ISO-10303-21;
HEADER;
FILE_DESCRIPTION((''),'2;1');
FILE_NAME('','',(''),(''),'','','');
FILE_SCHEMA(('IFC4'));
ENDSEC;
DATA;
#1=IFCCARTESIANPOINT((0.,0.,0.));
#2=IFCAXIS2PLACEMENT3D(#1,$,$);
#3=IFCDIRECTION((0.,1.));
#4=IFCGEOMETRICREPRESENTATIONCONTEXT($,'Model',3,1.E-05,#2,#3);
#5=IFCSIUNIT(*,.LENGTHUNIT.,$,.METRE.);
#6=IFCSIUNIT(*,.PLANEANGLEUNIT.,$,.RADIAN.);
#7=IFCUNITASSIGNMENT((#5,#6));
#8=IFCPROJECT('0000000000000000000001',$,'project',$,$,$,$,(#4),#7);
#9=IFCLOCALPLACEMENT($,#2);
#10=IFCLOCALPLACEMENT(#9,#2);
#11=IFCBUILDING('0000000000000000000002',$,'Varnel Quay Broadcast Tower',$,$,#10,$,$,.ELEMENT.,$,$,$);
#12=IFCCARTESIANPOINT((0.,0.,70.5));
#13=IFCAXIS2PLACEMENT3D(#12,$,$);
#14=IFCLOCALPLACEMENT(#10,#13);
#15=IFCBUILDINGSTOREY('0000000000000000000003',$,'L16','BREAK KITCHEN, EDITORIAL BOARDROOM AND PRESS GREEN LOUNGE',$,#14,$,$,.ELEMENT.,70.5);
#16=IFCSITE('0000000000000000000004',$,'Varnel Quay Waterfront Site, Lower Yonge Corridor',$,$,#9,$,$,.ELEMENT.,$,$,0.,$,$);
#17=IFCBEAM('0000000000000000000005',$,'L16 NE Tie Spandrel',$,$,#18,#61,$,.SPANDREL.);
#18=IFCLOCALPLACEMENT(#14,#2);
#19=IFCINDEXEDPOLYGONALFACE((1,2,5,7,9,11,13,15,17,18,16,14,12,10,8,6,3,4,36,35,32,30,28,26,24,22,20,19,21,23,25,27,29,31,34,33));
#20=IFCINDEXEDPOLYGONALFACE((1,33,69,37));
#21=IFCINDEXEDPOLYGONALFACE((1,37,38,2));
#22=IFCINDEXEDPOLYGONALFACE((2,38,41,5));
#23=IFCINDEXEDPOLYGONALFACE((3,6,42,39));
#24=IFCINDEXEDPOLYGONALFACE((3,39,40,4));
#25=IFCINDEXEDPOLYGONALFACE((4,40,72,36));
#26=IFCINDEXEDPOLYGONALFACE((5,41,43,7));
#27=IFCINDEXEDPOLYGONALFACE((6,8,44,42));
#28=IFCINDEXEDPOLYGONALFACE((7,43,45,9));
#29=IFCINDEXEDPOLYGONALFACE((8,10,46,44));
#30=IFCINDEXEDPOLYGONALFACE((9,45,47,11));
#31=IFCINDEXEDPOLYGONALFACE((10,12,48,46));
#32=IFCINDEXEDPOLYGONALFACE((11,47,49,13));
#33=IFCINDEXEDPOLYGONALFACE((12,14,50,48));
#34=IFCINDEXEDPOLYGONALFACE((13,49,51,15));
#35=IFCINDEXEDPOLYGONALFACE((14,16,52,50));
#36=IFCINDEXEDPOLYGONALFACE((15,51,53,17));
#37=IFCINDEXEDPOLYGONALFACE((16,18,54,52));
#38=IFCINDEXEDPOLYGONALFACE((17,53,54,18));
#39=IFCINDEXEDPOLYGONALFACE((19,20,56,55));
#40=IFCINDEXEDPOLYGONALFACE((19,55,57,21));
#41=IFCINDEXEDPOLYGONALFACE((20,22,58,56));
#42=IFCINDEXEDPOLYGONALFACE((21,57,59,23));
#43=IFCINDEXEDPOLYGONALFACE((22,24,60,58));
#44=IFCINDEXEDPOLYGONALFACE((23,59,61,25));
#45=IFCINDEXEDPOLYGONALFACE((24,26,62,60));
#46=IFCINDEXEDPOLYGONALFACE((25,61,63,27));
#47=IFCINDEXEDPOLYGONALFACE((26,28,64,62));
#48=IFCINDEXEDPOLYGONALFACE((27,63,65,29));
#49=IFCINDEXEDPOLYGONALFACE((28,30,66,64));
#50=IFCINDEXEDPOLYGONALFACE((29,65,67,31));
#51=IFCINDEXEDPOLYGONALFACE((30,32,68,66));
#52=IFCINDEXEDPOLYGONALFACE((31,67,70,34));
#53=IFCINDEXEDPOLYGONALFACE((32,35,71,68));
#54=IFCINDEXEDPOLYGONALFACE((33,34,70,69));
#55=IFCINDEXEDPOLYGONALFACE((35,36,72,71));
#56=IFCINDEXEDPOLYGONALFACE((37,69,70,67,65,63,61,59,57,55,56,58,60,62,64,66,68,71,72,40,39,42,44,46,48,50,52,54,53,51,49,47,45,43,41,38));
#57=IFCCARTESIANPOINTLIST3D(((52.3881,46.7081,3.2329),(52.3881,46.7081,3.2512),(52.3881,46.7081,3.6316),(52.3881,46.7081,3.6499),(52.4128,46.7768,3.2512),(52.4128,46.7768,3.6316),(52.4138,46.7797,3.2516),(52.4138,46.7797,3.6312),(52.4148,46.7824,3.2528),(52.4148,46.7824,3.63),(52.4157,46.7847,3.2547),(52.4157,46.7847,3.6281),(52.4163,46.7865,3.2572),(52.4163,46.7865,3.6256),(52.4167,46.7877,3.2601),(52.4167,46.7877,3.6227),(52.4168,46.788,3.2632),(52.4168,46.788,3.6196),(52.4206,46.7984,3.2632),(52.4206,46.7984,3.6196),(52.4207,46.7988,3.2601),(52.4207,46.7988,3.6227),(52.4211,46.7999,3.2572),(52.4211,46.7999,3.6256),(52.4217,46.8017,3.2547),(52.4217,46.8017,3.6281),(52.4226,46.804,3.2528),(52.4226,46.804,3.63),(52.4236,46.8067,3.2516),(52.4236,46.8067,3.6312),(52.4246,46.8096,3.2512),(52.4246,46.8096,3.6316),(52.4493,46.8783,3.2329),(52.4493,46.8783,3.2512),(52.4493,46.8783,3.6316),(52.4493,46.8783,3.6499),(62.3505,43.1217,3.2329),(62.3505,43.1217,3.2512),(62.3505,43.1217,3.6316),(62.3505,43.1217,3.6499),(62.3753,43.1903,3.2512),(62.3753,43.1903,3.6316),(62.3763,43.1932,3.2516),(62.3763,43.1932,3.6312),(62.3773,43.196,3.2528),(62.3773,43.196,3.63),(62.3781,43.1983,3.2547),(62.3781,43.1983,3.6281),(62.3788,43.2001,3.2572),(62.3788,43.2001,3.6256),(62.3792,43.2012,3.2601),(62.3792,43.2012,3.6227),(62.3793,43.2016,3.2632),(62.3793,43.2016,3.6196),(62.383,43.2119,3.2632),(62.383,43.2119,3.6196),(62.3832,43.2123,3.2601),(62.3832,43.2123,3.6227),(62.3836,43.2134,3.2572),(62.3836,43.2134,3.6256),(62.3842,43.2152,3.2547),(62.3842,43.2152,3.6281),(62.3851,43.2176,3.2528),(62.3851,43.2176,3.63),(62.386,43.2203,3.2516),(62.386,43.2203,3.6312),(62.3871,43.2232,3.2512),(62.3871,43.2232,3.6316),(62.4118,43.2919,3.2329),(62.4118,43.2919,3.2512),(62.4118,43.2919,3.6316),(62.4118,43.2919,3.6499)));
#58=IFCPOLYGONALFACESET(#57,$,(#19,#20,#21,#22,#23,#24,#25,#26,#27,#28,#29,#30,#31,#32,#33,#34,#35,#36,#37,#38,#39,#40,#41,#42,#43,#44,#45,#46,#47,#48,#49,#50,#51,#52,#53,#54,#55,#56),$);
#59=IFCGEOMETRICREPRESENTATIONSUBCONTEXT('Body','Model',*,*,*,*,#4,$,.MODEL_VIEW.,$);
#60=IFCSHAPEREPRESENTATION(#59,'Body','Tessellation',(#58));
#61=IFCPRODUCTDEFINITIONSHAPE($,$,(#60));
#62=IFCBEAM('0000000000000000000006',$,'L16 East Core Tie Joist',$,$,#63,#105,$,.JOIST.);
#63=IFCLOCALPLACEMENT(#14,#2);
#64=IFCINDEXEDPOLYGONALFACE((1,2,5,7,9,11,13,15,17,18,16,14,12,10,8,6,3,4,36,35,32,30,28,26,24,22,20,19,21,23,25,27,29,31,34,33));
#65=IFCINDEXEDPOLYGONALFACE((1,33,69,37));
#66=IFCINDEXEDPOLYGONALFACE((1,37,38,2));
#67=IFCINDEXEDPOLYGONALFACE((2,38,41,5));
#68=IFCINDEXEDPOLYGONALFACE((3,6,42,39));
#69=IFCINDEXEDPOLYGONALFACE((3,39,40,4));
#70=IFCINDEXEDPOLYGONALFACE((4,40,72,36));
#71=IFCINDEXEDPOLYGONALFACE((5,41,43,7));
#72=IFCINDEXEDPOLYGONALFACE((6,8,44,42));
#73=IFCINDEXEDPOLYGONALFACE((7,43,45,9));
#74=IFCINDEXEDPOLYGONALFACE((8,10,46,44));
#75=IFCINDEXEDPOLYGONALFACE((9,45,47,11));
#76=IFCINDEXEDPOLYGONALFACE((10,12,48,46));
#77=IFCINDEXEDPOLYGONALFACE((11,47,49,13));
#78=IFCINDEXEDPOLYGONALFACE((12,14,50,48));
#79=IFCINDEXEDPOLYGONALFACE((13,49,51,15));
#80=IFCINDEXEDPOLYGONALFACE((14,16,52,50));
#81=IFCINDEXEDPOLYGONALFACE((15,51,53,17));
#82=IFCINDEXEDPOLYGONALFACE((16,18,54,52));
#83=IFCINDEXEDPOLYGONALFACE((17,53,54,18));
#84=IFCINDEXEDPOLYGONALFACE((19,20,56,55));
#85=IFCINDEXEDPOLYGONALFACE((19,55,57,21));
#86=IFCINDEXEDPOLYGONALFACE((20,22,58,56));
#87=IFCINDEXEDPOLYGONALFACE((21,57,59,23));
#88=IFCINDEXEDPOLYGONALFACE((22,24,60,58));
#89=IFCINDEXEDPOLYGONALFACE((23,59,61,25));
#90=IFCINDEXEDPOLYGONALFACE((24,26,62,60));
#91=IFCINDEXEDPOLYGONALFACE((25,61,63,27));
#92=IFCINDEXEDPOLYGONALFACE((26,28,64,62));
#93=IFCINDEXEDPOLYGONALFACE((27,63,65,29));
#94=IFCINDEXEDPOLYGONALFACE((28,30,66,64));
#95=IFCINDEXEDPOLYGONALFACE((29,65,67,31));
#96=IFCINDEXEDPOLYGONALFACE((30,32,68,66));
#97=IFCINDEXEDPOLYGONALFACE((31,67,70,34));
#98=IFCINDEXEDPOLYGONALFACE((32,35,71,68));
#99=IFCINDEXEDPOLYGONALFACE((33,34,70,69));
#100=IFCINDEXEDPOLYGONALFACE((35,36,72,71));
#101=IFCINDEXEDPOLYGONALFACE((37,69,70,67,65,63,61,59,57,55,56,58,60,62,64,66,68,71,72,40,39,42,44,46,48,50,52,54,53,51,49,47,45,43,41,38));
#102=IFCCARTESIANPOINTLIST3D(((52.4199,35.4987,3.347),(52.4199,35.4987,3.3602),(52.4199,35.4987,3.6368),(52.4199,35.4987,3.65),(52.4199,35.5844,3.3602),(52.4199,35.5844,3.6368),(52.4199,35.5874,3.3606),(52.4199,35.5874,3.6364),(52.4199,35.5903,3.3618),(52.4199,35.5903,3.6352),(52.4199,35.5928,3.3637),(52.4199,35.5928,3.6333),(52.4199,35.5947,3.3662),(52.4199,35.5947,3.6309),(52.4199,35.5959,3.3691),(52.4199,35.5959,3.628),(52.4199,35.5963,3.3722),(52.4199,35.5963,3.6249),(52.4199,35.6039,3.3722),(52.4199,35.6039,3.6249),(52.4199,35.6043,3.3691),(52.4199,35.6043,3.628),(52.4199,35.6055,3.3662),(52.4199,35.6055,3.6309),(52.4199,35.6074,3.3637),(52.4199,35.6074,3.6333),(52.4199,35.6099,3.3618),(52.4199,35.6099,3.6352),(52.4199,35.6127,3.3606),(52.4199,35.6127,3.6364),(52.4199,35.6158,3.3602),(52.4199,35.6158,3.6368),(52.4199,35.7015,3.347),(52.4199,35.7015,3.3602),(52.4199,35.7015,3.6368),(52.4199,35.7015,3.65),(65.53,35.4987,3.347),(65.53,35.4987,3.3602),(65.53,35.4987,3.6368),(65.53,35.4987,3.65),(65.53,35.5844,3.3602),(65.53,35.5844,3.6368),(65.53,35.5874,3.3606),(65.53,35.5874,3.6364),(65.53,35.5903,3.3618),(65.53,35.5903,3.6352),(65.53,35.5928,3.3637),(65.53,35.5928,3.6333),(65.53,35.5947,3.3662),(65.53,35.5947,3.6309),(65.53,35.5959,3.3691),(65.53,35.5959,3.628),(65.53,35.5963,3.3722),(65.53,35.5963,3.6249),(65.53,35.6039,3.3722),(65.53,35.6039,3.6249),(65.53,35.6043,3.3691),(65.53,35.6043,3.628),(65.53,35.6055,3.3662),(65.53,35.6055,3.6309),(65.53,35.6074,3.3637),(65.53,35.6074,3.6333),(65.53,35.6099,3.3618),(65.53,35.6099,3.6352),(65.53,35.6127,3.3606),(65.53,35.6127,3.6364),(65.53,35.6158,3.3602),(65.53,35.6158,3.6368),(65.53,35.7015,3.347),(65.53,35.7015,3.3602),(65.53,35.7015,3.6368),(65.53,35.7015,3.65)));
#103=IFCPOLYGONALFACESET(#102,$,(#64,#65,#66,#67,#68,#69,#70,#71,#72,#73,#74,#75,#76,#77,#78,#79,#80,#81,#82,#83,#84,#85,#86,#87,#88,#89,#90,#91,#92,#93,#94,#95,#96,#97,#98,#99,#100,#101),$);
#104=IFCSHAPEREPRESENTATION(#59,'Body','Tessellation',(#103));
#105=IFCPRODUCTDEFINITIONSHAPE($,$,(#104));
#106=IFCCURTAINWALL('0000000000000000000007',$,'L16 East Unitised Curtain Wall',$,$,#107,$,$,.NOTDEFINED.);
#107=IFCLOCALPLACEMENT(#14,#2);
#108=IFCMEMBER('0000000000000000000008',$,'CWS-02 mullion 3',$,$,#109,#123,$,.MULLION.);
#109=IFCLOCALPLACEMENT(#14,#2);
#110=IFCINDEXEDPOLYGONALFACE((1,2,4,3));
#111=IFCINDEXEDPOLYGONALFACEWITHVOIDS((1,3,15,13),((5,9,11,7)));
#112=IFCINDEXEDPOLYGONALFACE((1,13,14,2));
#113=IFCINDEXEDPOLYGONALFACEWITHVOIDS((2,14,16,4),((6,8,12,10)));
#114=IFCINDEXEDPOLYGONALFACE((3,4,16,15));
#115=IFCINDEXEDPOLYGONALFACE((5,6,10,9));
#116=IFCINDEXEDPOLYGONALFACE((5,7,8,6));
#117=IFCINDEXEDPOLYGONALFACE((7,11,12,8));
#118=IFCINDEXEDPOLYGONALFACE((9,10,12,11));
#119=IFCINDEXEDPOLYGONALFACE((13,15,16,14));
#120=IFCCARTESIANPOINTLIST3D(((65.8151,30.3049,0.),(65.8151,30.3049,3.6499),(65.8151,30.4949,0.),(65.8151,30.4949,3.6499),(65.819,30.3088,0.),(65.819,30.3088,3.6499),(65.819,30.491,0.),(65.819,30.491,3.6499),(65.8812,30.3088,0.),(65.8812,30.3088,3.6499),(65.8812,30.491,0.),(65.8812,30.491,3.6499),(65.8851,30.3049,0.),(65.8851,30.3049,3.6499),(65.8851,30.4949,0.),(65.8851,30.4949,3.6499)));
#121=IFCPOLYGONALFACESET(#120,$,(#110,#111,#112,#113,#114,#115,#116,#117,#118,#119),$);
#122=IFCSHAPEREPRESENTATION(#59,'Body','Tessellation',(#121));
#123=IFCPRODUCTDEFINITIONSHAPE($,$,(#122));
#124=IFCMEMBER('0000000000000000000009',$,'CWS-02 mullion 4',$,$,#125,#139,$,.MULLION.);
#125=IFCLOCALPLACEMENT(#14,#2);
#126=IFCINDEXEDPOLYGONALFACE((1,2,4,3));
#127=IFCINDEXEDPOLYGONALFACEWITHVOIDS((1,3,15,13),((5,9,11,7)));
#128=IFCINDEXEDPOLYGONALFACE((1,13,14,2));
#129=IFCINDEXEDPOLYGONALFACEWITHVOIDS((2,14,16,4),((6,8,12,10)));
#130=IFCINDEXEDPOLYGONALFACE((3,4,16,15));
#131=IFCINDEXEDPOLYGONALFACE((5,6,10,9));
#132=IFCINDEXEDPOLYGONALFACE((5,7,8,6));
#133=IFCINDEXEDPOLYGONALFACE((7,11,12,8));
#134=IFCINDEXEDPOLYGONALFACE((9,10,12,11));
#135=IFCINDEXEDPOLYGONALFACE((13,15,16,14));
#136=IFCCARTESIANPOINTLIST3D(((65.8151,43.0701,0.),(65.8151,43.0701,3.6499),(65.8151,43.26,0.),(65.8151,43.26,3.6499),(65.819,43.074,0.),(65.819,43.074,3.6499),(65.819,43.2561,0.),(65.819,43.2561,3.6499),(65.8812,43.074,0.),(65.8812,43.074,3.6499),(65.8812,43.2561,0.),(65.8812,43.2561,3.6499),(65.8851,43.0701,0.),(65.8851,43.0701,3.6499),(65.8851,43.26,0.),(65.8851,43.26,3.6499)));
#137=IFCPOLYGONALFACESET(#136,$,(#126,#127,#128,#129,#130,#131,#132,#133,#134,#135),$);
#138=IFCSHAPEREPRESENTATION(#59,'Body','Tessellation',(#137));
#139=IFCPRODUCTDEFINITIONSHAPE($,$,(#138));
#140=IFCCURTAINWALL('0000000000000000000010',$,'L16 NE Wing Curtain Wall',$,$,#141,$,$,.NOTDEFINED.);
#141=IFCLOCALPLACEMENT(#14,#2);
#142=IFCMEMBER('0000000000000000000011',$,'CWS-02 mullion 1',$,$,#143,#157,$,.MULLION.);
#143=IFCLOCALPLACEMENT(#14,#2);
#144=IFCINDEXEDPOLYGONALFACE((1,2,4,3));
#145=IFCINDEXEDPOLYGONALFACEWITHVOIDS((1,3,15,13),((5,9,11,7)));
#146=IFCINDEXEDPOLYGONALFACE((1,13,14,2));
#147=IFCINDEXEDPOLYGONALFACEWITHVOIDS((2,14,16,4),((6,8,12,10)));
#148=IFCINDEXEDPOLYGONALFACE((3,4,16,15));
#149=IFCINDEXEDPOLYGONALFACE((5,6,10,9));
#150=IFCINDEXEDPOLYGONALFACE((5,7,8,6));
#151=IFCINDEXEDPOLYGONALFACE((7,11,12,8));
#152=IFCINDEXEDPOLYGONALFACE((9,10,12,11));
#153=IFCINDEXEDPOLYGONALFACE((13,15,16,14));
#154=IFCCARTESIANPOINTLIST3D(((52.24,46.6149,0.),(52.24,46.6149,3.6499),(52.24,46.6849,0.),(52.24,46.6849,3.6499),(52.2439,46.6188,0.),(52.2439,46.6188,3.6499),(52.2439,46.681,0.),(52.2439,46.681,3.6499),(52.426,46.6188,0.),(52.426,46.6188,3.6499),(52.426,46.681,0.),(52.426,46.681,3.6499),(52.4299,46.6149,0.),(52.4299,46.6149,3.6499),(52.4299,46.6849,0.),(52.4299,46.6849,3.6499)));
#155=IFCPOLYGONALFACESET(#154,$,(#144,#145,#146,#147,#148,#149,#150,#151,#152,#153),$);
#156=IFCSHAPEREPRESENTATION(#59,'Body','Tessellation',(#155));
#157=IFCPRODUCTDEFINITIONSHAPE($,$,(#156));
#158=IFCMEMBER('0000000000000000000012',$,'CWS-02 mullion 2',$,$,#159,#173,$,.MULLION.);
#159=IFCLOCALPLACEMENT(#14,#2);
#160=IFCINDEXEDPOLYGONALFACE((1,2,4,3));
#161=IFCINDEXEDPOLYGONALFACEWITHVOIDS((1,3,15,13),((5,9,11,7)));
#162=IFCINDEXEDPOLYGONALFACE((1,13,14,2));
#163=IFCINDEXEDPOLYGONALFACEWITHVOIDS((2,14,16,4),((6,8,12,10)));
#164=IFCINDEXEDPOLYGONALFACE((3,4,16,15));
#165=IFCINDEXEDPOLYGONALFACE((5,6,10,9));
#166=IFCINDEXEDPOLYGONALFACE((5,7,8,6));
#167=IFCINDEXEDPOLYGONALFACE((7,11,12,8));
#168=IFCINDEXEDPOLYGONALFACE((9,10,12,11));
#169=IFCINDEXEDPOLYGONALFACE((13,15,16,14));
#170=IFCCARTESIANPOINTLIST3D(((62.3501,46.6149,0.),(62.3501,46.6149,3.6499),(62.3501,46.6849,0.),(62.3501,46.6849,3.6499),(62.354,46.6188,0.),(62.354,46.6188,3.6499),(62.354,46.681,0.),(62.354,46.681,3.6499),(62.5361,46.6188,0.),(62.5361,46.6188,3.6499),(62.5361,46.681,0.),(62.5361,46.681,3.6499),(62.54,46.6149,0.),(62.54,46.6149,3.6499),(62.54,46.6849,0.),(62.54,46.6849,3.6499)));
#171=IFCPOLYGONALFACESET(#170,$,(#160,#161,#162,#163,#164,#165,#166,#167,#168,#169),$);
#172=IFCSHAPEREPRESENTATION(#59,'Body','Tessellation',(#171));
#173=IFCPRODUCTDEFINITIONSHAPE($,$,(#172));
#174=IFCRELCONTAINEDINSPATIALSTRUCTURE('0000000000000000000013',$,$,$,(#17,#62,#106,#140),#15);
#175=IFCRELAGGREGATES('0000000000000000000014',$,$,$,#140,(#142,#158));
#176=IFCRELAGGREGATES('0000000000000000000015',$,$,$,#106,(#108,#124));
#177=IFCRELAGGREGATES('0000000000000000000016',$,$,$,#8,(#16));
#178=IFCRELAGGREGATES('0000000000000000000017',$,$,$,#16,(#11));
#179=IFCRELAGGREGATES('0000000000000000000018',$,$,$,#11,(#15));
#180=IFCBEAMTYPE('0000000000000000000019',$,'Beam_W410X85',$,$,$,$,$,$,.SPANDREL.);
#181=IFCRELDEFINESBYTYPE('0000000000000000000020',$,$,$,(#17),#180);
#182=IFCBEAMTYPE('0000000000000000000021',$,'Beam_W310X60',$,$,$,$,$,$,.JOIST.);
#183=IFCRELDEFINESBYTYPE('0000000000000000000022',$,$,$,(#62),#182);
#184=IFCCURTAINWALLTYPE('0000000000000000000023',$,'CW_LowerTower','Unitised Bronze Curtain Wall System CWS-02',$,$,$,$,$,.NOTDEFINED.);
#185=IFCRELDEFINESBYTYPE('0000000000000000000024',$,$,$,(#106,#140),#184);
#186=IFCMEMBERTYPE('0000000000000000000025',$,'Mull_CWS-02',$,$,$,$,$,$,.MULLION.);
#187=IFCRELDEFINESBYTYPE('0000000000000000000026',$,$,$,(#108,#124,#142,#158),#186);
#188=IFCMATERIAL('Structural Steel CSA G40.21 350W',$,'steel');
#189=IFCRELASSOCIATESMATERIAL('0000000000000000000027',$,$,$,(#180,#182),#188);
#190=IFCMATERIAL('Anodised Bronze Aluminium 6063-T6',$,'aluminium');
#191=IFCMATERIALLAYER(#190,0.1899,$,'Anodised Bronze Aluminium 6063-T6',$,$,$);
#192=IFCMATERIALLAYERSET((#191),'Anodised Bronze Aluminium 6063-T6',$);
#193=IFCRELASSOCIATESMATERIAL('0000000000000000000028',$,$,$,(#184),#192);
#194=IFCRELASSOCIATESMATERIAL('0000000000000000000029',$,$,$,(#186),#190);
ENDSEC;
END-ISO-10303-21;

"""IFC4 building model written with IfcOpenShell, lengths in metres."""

from ifc_helpers import new_model, si_unit, direction, frame, origin, origin_2d, place, context, subcontext, project, spatial, hollow_rectangle, i_section, extrude, source, transform, mapped, material, layer, layer_set, material_profile, profile_set, type_object, type_shapes, element, aggregate, save


model = new_model("IFC4")

# Units and contexts
model_context = context("Model", 3, precision=1e-05, world=origin(), true_north=direction((0.0, 1.0)))
body_context = subcontext(model_context, "Body", "Model", "MODEL_VIEW")
ifc_project = project(units=[si_unit("LENGTHUNIT", "METRE"), si_unit("PLANEANGLEUNIT", "RADIAN")], contexts=[model_context])

# Site, building, storey
site_placement = place(None, origin())
site = spatial("IfcSite", under=ifc_project, at=site_placement, Name="Varnel Quay Waterfront Site, Lower Yonge Corridor", CompositionType="ELEMENT", RefElevation=0.0)
building_placement = place(site_placement, origin())
building = spatial("IfcBuilding", under=site, at=building_placement, Name="Varnel Quay Broadcast Tower", CompositionType="ELEMENT")
storey_placement = place(building_placement, frame((0.0, 0.0, 70.5)))
storey = spatial("IfcBuildingStorey", under=building, at=storey_placement, Name="L16", Description="BREAK KITCHEN, EDITORIAL BOARDROOM AND PRESS GREEN LOUNGE", CompositionType="ELEMENT", Elevation=70.5)

# Shared definitions
ifc_material_1 = material(Name="Structural Steel CSA G40.21 350W", Category="steel")

# Beams
ifc_material_profile_1 = material_profile(ifc_material_1, i_section(OverallWidth=0.1809, OverallDepth=0.417, WebThickness=0.011, FlangeThickness=0.0183, FilletRadius=0.012, at=origin_2d()), Name="W410X85")
ifc_profile_set_1 = profile_set([ifc_material_profile_1], Name="Structural Steel CSA G40.21 350W")
beam_type_1 = type_object("IfcBeamType", Name="Beam_W410X85", PredefinedType="SPANDREL", material=ifc_profile_set_1)
shared_shape_1 = source(origin(), body_context, "Body", "SweptSolid", [
    extrude(i_section(OverallWidth=0.1809, OverallDepth=0.417, WebThickness=0.011, FlangeThickness=0.0183, FilletRadius=0.012, at=origin_2d()), origin(), (0.0, 0.0, 1.0), 10.5884),
])
beam_1_placement = place(storey_placement, frame((52.4187, 46.7932, 3.4414), z_axis=(0.940889, -0.338716, 0.0), x_axis=(0.338716, 0.940889, 0.0)))
element("IfcBeam", 1, at=beam_1_placement, inside=storey, type_object=beam_type_1, Name="L16 NE Tie Spandrel", PredefinedType="SPANDREL", context=body_context, shape_type="MappedRepresentation", body=[
    mapped(shared_shape_1, transform((0.0, 0.0, 0.0), x_axis=(1.0, 0.0, 0.0), y_axis=(0.0, 1.0, 0.0), z_axis=(0.0, 0.0, 1.0), scale=1.0)),
])
ifc_material_profile_2 = material_profile(ifc_material_1, i_section(OverallWidth=0.2029, OverallDepth=0.303, WebThickness=0.0076, FlangeThickness=0.0132, FilletRadius=0.012, at=origin_2d()), Name="W310X60")
ifc_profile_set_2 = profile_set([ifc_material_profile_2], Name="Structural Steel CSA G40.21 350W")
beam_type_2 = type_object("IfcBeamType", Name="Beam_W310X60", PredefinedType="JOIST", material=ifc_profile_set_2)
shared_shape_2 = source(origin(), body_context, "Body", "SweptSolid", [
    extrude(i_section(OverallWidth=0.2029, OverallDepth=0.303, WebThickness=0.0076, FlangeThickness=0.0132, FilletRadius=0.012, at=origin_2d()), origin(), (0.0, 0.0, 1.0), 13.1101),
])
type_shapes(beam_type_2, [shared_shape_2])
beam_2_placement = place(storey_placement, frame((52.4199, 35.6001, 3.4985), z_axis=(1.0, 0.0, 0.0), x_axis=(0.0, 1.0, 0.0)))
element("IfcBeam", 2, at=beam_2_placement, inside=storey, type_object=beam_type_2, Name="L16 East Core Tie Joist", PredefinedType="JOIST", context=body_context, shape_type="MappedRepresentation", body=[
    mapped(shared_shape_2, transform((0.0, 0.0, 0.0), x_axis=(1.0, 0.0, 0.0), y_axis=(0.0, 1.0, 0.0), z_axis=(0.0, 0.0, 1.0), scale=1.0)),
])

# Curtain walls, members
ifc_material_2 = material(Name="Anodised Bronze Aluminium 6063-T6", Category="aluminium")
ifc_layer_1 = layer(ifc_material_2, 0.1899, Name="Anodised Bronze Aluminium 6063-T6")
ifc_layer_set_1 = layer_set([ifc_layer_1], Name="Anodised Bronze Aluminium 6063-T6")
curtain_wall_type = type_object("IfcCurtainWallType", Name="CW_LowerTower", Description="Unitised Bronze Curtain Wall System CWS-02", PredefinedType="NOTDEFINED", material=ifc_layer_set_1)
curtain_wall_1_placement = place(storey_placement, origin())
curtain_wall_1 = element("IfcCurtainWall", 3, at=curtain_wall_1_placement, inside=storey, type_object=curtain_wall_type, Name="L16 East Unitised Curtain Wall", PredefinedType="NOTDEFINED")
ifc_material_profile_3 = material_profile(ifc_material_2, hollow_rectangle(XDim=0.0701, YDim=0.1899, WallThickness=0.0039, at=origin_2d()), Name="ALU70X190X4")
ifc_profile_set_3 = profile_set([ifc_material_profile_3], Name="Anodised Bronze Aluminium 6063-T6")
member_type_1 = type_object("IfcMemberType", Name="Mull_CWS-02", PredefinedType="MULLION", material=ifc_profile_set_3)
shared_shape_3 = source(origin(), body_context, "Body", "SweptSolid", [
    extrude(hollow_rectangle(XDim=0.0701, YDim=0.1899, WallThickness=0.0039, at=origin_2d()), origin(), (0.0, 0.0, 1.0), 3.6499),
])
type_shapes(member_type_1, [shared_shape_3])
member_1_placement = place(storey_placement, frame((65.8501, 30.3999, 0.0), z_axis=(0.0, 0.0, 1.0), x_axis=(-1.0, 0.0, 0.0)))
member_1 = element("IfcMember", 4, at=member_1_placement, type_object=member_type_1, Name="CWS-02 mullion 3", PredefinedType="MULLION", context=body_context, shape_type="MappedRepresentation", body=[
    mapped(shared_shape_3, transform((0.0, 0.0, 0.0), x_axis=(1.0, 0.0, 0.0), y_axis=(0.0, 1.0, 0.0), z_axis=(0.0, 0.0, 1.0), scale=1.0)),
])
member_2_placement = place(storey_placement, frame((65.8501, 43.165, 0.0), z_axis=(0.0, 0.0, 1.0), x_axis=(-1.0, 0.0, 0.0)))
member_2 = element("IfcMember", 5, at=member_2_placement, type_object=member_type_1, Name="CWS-02 mullion 4", PredefinedType="MULLION", context=body_context, shape_type="MappedRepresentation", body=[
    mapped(shared_shape_3, transform((0.0, 0.0, 0.0), x_axis=(1.0, 0.0, 0.0), y_axis=(0.0, 1.0, 0.0), z_axis=(0.0, 0.0, 1.0), scale=1.0)),
])
curtain_wall_2_placement = place(storey_placement, origin())
curtain_wall_2 = element("IfcCurtainWall", 6, at=curtain_wall_2_placement, inside=storey, type_object=curtain_wall_type, Name="L16 NE Wing Curtain Wall", PredefinedType="NOTDEFINED")
member_3_placement = place(storey_placement, frame((52.335, 46.6499, 0.0), z_axis=(0.0, 0.0, 1.0), x_axis=(0.0, 1.0, 0.0)))
member_3 = element("IfcMember", 7, at=member_3_placement, type_object=member_type_1, Name="CWS-02 mullion 1", PredefinedType="MULLION", context=body_context, shape_type="MappedRepresentation", body=[
    mapped(shared_shape_3, transform((0.0, 0.0, 0.0), x_axis=(1.0, 0.0, 0.0), y_axis=(0.0, 1.0, 0.0), z_axis=(0.0, 0.0, 1.0), scale=1.0)),
])
member_4_placement = place(storey_placement, frame((62.4451, 46.6499, 0.0), z_axis=(0.0, 0.0, 1.0), x_axis=(0.0, 1.0, 0.0)))
member_4 = element("IfcMember", 8, at=member_4_placement, type_object=member_type_1, Name="CWS-02 mullion 2", PredefinedType="MULLION", context=body_context, shape_type="MappedRepresentation", body=[
    mapped(shared_shape_3, transform((0.0, 0.0, 0.0), x_axis=(1.0, 0.0, 0.0), y_axis=(0.0, 1.0, 0.0), z_axis=(0.0, 0.0, 1.0), scale=1.0)),
])

aggregate(curtain_wall_2, [member_3, member_4])
aggregate(curtain_wall_1, [member_1, member_2])

save(model, "model.ifc")
